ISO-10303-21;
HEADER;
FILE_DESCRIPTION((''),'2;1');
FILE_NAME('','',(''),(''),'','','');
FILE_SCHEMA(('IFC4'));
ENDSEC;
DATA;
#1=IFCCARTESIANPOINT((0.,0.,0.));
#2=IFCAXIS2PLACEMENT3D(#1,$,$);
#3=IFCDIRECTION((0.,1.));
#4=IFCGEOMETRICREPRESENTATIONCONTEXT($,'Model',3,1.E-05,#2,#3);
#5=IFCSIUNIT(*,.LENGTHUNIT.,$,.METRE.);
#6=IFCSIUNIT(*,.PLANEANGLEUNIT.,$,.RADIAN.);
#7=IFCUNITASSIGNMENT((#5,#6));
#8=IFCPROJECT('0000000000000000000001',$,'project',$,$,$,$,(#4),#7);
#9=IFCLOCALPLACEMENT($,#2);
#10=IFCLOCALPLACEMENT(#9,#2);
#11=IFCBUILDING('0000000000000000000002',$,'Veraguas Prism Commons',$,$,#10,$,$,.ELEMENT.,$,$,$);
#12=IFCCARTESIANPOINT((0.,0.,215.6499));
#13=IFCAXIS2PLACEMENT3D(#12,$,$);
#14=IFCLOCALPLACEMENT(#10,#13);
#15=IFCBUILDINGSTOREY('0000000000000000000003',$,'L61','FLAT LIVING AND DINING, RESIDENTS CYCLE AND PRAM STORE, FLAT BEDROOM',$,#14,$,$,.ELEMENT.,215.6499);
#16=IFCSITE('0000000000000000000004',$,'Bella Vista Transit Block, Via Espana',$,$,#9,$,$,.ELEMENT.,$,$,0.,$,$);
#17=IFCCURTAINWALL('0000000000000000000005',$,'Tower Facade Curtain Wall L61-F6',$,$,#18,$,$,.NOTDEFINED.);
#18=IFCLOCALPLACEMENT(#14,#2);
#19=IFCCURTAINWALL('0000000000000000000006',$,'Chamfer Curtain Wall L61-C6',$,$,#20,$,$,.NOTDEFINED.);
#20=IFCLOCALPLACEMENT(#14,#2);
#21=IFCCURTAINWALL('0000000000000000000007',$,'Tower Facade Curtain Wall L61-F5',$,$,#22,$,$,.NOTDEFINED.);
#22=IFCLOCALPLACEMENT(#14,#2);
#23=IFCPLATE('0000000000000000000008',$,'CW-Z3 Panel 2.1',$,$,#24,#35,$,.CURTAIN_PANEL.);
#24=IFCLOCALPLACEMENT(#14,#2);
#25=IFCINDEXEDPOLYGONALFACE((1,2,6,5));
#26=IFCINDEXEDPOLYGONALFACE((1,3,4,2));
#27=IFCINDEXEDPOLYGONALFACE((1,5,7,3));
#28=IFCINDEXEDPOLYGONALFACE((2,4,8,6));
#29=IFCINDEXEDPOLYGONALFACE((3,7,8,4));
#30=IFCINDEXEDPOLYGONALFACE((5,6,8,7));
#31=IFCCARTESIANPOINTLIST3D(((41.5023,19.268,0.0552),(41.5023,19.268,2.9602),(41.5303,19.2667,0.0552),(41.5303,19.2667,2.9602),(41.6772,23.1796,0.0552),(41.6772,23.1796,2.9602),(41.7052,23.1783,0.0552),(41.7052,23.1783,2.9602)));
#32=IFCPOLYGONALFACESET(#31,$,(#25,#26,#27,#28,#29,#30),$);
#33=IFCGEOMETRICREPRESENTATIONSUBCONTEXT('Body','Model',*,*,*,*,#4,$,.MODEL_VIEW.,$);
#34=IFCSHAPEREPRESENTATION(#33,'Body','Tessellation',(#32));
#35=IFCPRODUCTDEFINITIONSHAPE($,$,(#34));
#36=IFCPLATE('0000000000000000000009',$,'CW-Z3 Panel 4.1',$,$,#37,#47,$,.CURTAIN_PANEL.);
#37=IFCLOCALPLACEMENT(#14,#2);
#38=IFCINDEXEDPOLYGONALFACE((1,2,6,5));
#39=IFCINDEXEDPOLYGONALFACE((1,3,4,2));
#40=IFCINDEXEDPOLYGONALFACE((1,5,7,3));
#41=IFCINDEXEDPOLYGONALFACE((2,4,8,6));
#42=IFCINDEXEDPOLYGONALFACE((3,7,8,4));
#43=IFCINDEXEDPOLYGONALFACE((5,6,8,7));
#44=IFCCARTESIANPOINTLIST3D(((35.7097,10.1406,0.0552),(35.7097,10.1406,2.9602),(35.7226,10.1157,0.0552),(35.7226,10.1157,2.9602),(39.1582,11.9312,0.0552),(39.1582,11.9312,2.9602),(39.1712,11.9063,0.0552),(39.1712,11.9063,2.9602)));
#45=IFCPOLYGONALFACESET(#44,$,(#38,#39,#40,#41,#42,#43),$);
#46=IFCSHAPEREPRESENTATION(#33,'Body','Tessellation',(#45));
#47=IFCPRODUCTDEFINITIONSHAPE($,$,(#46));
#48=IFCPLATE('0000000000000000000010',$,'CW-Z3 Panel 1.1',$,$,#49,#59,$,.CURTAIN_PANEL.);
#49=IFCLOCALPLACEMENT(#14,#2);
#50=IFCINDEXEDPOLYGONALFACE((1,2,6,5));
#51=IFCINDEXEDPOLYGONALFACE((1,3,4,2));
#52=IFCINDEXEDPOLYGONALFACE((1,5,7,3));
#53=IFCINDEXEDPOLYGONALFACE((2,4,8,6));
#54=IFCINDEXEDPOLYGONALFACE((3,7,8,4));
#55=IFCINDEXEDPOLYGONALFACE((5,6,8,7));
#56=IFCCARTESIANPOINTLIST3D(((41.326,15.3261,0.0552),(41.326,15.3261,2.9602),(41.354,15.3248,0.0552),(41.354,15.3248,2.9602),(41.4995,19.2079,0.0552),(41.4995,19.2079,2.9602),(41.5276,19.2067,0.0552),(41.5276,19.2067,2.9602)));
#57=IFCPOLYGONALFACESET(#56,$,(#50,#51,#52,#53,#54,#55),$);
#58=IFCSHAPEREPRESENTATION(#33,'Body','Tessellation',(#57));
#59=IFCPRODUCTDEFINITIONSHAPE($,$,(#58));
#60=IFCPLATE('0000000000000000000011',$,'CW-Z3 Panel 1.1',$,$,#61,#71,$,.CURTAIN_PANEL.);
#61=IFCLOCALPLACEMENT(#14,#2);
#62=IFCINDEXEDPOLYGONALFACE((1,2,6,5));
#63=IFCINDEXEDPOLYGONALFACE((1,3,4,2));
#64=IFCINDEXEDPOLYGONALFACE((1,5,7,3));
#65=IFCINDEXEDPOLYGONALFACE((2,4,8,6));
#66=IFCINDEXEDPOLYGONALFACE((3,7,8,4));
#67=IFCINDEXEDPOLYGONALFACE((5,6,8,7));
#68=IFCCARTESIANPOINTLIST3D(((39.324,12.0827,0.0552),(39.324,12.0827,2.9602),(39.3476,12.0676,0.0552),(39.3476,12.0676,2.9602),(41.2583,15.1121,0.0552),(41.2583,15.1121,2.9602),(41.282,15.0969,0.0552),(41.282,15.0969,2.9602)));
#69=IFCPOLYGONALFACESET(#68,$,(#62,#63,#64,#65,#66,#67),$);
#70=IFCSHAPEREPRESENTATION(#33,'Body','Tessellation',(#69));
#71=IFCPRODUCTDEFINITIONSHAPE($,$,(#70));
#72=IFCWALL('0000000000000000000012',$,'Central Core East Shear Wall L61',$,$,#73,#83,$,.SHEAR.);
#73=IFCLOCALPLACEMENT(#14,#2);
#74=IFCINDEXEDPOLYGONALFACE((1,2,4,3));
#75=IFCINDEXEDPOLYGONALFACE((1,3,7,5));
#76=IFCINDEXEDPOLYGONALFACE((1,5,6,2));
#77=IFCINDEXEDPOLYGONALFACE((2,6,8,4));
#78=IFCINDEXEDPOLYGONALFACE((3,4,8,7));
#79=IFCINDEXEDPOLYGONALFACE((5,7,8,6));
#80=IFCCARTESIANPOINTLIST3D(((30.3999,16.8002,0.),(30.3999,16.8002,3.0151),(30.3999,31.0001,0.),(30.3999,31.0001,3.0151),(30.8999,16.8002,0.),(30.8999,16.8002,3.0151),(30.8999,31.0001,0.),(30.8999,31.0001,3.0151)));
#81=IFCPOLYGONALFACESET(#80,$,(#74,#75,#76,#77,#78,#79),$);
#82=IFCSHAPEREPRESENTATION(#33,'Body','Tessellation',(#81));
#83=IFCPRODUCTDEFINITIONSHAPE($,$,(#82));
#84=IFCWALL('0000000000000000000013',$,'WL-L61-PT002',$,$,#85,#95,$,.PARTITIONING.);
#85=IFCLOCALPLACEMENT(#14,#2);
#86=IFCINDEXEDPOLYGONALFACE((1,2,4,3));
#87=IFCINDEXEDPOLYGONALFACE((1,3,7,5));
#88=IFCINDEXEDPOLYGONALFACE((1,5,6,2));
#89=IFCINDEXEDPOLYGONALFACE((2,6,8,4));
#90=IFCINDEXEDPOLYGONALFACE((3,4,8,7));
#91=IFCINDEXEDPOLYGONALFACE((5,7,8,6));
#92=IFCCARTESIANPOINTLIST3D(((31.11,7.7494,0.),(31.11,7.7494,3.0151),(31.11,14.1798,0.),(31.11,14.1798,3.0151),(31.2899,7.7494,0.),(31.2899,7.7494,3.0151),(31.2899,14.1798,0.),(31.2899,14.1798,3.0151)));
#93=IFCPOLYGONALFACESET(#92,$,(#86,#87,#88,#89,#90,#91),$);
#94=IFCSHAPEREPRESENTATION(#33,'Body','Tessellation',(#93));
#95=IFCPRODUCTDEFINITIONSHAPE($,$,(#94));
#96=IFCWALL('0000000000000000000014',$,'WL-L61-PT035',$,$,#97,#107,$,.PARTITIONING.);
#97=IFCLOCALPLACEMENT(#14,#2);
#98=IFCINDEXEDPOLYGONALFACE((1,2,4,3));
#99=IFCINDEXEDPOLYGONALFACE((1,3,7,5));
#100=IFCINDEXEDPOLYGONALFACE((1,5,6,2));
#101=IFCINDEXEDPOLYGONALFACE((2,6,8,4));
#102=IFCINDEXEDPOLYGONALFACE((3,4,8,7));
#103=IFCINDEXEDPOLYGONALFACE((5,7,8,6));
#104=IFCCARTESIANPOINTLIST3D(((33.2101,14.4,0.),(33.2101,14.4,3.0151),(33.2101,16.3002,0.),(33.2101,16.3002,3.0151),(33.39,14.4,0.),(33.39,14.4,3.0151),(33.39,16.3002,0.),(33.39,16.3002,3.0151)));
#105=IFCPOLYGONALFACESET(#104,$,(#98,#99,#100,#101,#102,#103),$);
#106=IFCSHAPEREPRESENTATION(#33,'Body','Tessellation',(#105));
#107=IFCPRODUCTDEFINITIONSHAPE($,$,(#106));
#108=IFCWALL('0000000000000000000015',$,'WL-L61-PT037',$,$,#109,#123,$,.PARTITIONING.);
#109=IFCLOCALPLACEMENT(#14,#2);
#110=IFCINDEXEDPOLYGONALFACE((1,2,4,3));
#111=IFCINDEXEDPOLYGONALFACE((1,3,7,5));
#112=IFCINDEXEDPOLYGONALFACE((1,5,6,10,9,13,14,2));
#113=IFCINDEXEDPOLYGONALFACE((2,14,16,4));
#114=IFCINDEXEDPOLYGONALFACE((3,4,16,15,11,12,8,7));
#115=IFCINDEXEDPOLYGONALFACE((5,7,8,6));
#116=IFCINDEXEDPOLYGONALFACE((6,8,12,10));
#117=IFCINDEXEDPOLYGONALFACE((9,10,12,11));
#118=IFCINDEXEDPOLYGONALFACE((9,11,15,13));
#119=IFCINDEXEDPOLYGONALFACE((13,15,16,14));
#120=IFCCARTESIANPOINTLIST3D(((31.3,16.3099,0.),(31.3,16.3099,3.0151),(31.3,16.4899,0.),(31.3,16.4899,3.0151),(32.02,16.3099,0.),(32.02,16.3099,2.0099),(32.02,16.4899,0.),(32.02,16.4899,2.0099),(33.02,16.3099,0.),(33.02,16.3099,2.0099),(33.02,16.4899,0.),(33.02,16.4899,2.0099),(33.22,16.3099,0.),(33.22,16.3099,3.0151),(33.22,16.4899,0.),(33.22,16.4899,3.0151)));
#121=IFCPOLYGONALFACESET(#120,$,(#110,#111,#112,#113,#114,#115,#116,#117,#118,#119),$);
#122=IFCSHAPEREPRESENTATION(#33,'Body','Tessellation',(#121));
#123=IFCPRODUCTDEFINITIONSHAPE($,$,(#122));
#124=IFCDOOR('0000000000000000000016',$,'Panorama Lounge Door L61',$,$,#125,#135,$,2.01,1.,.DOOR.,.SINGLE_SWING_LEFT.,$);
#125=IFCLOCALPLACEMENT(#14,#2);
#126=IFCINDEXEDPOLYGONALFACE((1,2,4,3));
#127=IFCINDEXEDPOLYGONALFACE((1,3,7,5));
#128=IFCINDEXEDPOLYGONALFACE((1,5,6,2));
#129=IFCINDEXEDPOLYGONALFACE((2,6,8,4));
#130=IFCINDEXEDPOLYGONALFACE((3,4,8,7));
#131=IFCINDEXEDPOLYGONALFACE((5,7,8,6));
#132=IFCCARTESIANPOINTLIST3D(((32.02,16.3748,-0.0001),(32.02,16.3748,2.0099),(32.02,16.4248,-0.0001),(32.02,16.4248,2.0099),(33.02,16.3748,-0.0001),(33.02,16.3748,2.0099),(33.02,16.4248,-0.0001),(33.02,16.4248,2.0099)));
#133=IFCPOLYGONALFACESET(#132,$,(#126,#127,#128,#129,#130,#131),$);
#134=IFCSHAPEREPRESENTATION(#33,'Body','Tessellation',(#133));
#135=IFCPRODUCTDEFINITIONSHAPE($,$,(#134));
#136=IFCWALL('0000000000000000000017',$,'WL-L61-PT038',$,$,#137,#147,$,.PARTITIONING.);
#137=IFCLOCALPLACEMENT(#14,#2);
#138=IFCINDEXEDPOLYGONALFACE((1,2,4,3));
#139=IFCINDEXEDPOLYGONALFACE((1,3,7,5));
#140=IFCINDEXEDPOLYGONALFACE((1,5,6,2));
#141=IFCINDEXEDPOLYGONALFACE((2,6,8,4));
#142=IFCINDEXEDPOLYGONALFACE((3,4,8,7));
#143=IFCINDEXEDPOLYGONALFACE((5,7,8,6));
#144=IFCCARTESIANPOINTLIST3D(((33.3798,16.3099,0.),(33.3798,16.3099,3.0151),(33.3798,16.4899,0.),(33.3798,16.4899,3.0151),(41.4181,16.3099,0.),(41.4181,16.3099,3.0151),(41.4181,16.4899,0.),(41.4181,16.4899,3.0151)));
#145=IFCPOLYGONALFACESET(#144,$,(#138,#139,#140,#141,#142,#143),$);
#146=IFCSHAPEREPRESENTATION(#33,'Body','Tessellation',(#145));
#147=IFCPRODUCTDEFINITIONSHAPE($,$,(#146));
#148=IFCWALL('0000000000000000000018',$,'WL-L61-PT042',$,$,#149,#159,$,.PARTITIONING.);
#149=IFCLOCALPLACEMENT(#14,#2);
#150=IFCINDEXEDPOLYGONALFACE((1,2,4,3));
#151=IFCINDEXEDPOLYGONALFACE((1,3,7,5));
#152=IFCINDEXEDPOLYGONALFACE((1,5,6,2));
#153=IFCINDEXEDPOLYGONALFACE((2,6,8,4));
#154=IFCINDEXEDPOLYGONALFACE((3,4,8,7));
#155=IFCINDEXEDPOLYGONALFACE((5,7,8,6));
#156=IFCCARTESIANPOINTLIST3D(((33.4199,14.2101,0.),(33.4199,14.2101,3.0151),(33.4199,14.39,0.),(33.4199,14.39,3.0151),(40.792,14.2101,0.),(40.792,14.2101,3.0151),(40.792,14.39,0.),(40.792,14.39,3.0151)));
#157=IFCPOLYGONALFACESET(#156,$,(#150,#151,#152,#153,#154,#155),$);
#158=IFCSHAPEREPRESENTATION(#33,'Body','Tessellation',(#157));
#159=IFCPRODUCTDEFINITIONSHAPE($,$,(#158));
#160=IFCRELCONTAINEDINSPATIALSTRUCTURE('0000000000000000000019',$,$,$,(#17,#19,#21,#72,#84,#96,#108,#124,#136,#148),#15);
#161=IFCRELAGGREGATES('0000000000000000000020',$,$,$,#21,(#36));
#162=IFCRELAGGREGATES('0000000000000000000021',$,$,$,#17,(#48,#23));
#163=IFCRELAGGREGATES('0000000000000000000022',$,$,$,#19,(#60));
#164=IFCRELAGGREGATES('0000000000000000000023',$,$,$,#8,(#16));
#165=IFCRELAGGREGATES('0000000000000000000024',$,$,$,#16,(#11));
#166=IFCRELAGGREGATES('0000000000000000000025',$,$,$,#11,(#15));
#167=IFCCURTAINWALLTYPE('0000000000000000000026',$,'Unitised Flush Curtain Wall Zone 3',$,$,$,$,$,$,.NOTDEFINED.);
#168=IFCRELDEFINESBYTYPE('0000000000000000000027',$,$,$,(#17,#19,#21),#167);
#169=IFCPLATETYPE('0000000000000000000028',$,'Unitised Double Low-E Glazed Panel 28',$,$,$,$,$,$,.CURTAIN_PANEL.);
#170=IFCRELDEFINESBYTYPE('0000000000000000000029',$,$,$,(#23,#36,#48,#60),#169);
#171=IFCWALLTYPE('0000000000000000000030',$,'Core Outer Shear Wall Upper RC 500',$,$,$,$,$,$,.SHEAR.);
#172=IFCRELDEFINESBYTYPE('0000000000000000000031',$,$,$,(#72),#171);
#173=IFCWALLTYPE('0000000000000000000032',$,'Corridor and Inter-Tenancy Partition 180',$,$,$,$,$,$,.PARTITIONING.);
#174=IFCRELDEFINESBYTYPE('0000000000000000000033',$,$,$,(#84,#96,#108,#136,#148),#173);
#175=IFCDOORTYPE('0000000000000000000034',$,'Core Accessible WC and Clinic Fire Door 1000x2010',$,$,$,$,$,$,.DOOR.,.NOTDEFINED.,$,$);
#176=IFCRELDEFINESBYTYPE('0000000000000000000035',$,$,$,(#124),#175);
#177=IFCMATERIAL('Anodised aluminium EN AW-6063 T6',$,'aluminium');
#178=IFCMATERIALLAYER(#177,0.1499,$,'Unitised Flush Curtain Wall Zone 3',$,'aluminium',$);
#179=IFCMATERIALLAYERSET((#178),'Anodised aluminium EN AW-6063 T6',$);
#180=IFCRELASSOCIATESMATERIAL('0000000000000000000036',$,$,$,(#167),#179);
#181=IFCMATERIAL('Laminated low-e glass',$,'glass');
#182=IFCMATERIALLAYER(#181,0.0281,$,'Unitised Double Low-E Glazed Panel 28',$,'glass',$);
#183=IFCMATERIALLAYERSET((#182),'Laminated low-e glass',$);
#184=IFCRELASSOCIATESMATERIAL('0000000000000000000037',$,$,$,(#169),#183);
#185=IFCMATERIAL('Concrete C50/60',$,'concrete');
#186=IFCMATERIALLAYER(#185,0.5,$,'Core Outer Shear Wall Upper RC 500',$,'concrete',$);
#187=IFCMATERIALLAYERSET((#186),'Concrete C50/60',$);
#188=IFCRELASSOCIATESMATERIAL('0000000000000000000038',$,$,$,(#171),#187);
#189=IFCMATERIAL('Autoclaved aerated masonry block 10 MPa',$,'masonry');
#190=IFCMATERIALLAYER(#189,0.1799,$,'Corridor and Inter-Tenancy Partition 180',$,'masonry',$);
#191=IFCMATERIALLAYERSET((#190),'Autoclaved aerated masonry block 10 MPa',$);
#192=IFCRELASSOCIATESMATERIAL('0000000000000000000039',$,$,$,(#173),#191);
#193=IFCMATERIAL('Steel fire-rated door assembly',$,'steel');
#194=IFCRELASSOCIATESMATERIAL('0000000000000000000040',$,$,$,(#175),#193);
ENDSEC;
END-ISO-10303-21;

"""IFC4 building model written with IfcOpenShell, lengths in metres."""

from ifc_helpers import new_model, si_unit, direction, frame, frame_2d, origin, origin_2d, place, context, subcontext, project, spatial, rectangle, extrude, source, transform, mapped, material, layer, layer_set, type_object, element, fill, aggregate, save


model = new_model("IFC4")

# Units and contexts
model_context = context("Model", 3, precision=1e-05, world=origin(), true_north=direction((0.0, 1.0)))
body_context = subcontext(model_context, "Body", "Model", "MODEL_VIEW")
ifc_project = project(units=[si_unit("LENGTHUNIT", "METRE"), si_unit("PLANEANGLEUNIT", "RADIAN")], contexts=[model_context])

# Site, building, storey
site_placement = place(None, origin())
site = spatial("IfcSite", under=ifc_project, at=site_placement, Name="Bella Vista Transit Block, Via Espana", CompositionType="ELEMENT", RefElevation=0.0)
building_placement = place(site_placement, origin())
building = spatial("IfcBuilding", under=site, at=building_placement, Name="Veraguas Prism Commons", CompositionType="ELEMENT")
storey_placement = place(building_placement, frame((0.0, 0.0, 215.6499)))
storey = spatial("IfcBuildingStorey", under=building, at=storey_placement, Name="L61", Description="FLAT LIVING AND DINING, RESIDENTS CYCLE AND PRAM STORE, FLAT BEDROOM", CompositionType="ELEMENT", Elevation=215.6499)

# Shared definitions
ifc_material_1 = material(Name="Concrete C50/60", Category="concrete")

# Curtain walls
ifc_material_2 = material(Name="Anodised aluminium EN AW-6063 T6", Category="aluminium")
ifc_layer_1 = layer(ifc_material_2, 0.1499, Name="Unitised Flush Curtain Wall Zone 3", Category="aluminium")
ifc_layer_set_1 = layer_set([ifc_layer_1], Name="Anodised aluminium EN AW-6063 T6")
curtain_wall_type = type_object("IfcCurtainWallType", Name="Unitised Flush Curtain Wall Zone 3", PredefinedType="NOTDEFINED", material=ifc_layer_set_1)
curtain_wall_1_placement = place(storey_placement, origin())
curtain_wall_1 = element("IfcCurtainWall", 1, at=curtain_wall_1_placement, inside=storey, type_object=curtain_wall_type, Name="Tower Facade Curtain Wall L61-F6", PredefinedType="NOTDEFINED")
curtain_wall_2_placement = place(storey_placement, origin())
curtain_wall_2 = element("IfcCurtainWall", 2, at=curtain_wall_2_placement, inside=storey, type_object=curtain_wall_type, Name="Chamfer Curtain Wall L61-C6", PredefinedType="NOTDEFINED")
curtain_wall_3_placement = place(storey_placement, origin())
curtain_wall_3 = element("IfcCurtainWall", 3, at=curtain_wall_3_placement, inside=storey, type_object=curtain_wall_type, Name="Tower Facade Curtain Wall L61-F5", PredefinedType="NOTDEFINED")

# Plates
ifc_material_3 = material(Name="Laminated low-e glass", Category="glass")
ifc_layer_2 = layer(ifc_material_3, 0.0281, Name="Unitised Double Low-E Glazed Panel 28", Category="glass")
ifc_layer_set_2 = layer_set([ifc_layer_2], Name="Laminated low-e glass")
plate_type = type_object("IfcPlateType", Name="Unitised Double Low-E Glazed Panel 28", PredefinedType="CURTAIN_PANEL", material=ifc_layer_set_2)
shared_shape_1 = source(origin(), body_context, "Body", "SweptSolid", [
    extrude(rectangle(XDim=3.9155, YDim=0.0281, at=origin_2d()), origin(), (0.0, 0.0, 1.0), 2.905),
])
plate_1_placement = place(storey_placement, frame((41.6038, 21.2231, 0.0552), z_axis=(0.0, 0.0, 1.0), x_axis=(0.044666, 0.999002, 0.0)))
plate_1 = element("IfcPlate", 4, at=plate_1_placement, type_object=plate_type, Name="CW-Z3 Panel 2.1", PredefinedType="CURTAIN_PANEL", context=body_context, shape_type="MappedRepresentation", body=[
    mapped(shared_shape_1, transform((0.0, 0.0, 0.0), scale=1.0)),
])
shared_shape_2 = source(origin(), body_context, "Body", "SweptSolid", [
    extrude(rectangle(XDim=3.8857, YDim=0.0281, at=origin_2d()), origin(), (0.0, 0.0, 1.0), 2.905),
])
plate_2_placement = place(storey_placement, frame((37.4404, 11.0234, 0.0552), z_axis=(0.0, 0.0, 1.0), x_axis=(0.887494, 0.460819, 0.0)))
plate_2 = element("IfcPlate", 5, at=plate_2_placement, type_object=plate_type, Name="CW-Z3 Panel 4.1", PredefinedType="CURTAIN_PANEL", context=body_context, shape_type="MappedRepresentation", body=[
    mapped(shared_shape_2, transform((0.0, 0.0, 0.0), scale=1.0)),
])
aggregate(curtain_wall_3, [plate_2])
plate_3_placement = place(storey_placement, frame((41.4268, 17.2664, 0.0552), z_axis=(0.0, 0.0, 1.0), x_axis=(0.044666, 0.999002, 0.0)))
plate_3 = element("IfcPlate", 6, at=plate_3_placement, type_object=plate_type, Name="CW-Z3 Panel 1.1", PredefinedType="CURTAIN_PANEL", context=body_context, shape_type="MappedRepresentation", body=[
    mapped(shared_shape_2, transform((0.0, 0.0, 0.0), scale=1.0)),
])
aggregate(curtain_wall_1, [plate_3, plate_1])
shared_shape_3 = source(origin(), body_context, "Body", "SweptSolid", [
    extrude(rectangle(XDim=3.5942, YDim=0.0281, at=origin_2d()), origin(), (0.0, 0.0, 1.0), 2.905),
])
plate_4_placement = place(storey_placement, frame((40.303, 13.5898, 0.0552), z_axis=(0.0, 0.0, 1.0), x_axis=(0.53819, 0.842824, 0.0)))
plate_4 = element("IfcPlate", 7, at=plate_4_placement, type_object=plate_type, Name="CW-Z3 Panel 1.1", PredefinedType="CURTAIN_PANEL", context=body_context, shape_type="MappedRepresentation", body=[
    mapped(shared_shape_3, transform((0.0, 0.0, 0.0), scale=1.0)),
])
aggregate(curtain_wall_2, [plate_4])

# Walls
ifc_layer_3 = layer(ifc_material_1, 0.5, Name="Core Outer Shear Wall Upper RC 500", Category="concrete")
ifc_layer_set_3 = layer_set([ifc_layer_3], Name="Concrete C50/60")
wall_type_1 = type_object("IfcWallType", Name="Core Outer Shear Wall Upper RC 500", PredefinedType="SHEAR", material=ifc_layer_set_3)
wall_1_placement = place(storey_placement, frame((30.6499, 16.8, 0.0), z_axis=(0.0, 0.0, 1.0), x_axis=(0.0, 1.0, 0.0)))
element("IfcWall", 8, at=wall_1_placement, inside=storey, type_object=wall_type_1, Name="Central Core East Shear Wall L61", PredefinedType="SHEAR", context=body_context, shape_type="SweptSolid", body=[
    extrude(rectangle(XDim=14.2, YDim=0.5, at=frame_2d((7.1001, 0.0))), origin(), (0.0, 0.0, 1.0), 3.0151),
])
ifc_material_4 = material(Name="Autoclaved aerated masonry block 10 MPa", Category="masonry")
ifc_layer_4 = layer(ifc_material_4, 0.1799, Name="Corridor and Inter-Tenancy Partition 180", Category="masonry")
ifc_layer_set_4 = layer_set([ifc_layer_4], Name="Autoclaved aerated masonry block 10 MPa")
wall_type_2 = type_object("IfcWallType", Name="Corridor and Inter-Tenancy Partition 180", PredefinedType="PARTITIONING", material=ifc_layer_set_4)
wall_2_placement = place(storey_placement, frame((31.2, 14.1799, 0.0), z_axis=(0.0, 0.0, 1.0), x_axis=(0.0, -1.0, 0.0)))
element("IfcWall", 9, at=wall_2_placement, inside=storey, type_object=wall_type_2, Name="WL-L61-PT002", PredefinedType="PARTITIONING", context=body_context, shape_type="SweptSolid", body=[
    extrude(rectangle(XDim=6.4304, YDim=0.1799, at=frame_2d((3.2153, 0.0))), origin(), (0.0, 0.0, 1.0), 3.0151),
])
wall_3_placement = place(storey_placement, frame((33.3, 14.3999, 0.0), z_axis=(0.0, 0.0, 1.0), x_axis=(0.0, 1.0, 0.0)))
element("IfcWall", 10, at=wall_3_placement, inside=storey, type_object=wall_type_2, Name="WL-L61-PT035", PredefinedType="PARTITIONING", context=body_context, shape_type="SweptSolid", body=[
    extrude(rectangle(XDim=1.9001, YDim=0.1799, at=frame_2d((0.9502, 0.0))), origin(), (0.0, 0.0, 1.0), 3.0151),
])

# Wall, opening, door
wall_4_placement = place(storey_placement, frame((31.3, 16.3999, 0.0), z_axis=(0.0, 0.0, 1.0), x_axis=(1.0, 0.0, 0.0)))
wall_4 = element("IfcWall", 11, at=wall_4_placement, inside=storey, type_object=wall_type_2, Name="WL-L61-PT037", PredefinedType="PARTITIONING", context=body_context, shape_type="SweptSolid", body=[
    extrude(rectangle(XDim=1.9199, YDim=0.1799, at=frame_2d((0.96, 0.0))), origin(), (0.0, 0.0, 1.0), 3.0151),
])
opening_1_placement = place(wall_4_placement, frame((0.72, 0.0, 0.0)))
opening_1 = element("IfcOpeningElement", 12, at=opening_1_placement, cuts=wall_4, PredefinedType="OPENING", context=body_context, shape_type="SweptSolid", body=[
    extrude(rectangle(XDim=1.0, YDim=2.01, at=frame_2d((0.5, 1.0049))), frame((0.0, 0.0999, 0.0), z_axis=(0.0, -1.0, 0.0), x_axis=(1.0, 0.0, 0.0)), (0.0, 0.0, 1.0), 0.2),
])
ifc_material_5 = material(Name="Steel fire-rated door assembly", Category="steel")
door_type_1 = type_object("IfcDoorType", Name="Core Accessible WC and Clinic Fire Door 1000x2010", OperationType="NOTDEFINED", PredefinedType="DOOR", material=ifc_material_5)
shared_shape_4 = source(origin(), body_context, "Body", "SweptSolid", [
    extrude(rectangle(XDim=1.0, YDim=2.01, at=frame_2d((0.5, 1.0049))), frame((0.0, 0.0249, 0.0), z_axis=(0.0, -1.0, 0.0), x_axis=(1.0, 0.0, 0.0)), (0.0, 0.0, 1.0), 0.05),
])
door_1_placement = place(opening_1_placement, origin())
door_1 = element("IfcDoor", 13, at=door_1_placement, inside=storey, type_object=door_type_1, Name="Panorama Lounge Door L61", OperationType="SINGLE_SWING_LEFT", OverallHeight=2.01, OverallWidth=1.0, PredefinedType="DOOR", context=body_context, shape_type="MappedRepresentation", body=[
    mapped(shared_shape_4, transform((0.0, 0.0, 0.0), scale=1.0)),
])
fill(opening_1, door_1)

# Walls
wall_5_placement = place(storey_placement, frame((33.3799, 16.3999, 0.0), z_axis=(0.0, 0.0, 1.0), x_axis=(1.0, 0.0, 0.0)))
element("IfcWall", 14, at=wall_5_placement, inside=storey, type_object=wall_type_2, Name="WL-L61-PT038", PredefinedType="PARTITIONING", context=body_context, shape_type="SweptSolid", body=[
    extrude(rectangle(XDim=8.0383, YDim=0.1799, at=frame_2d((4.019, 0.0))), origin(), (0.0, 0.0, 1.0), 3.0151),
])
wall_6_placement = place(storey_placement, frame((33.4199, 14.3, 0.0), z_axis=(0.0, 0.0, 1.0), x_axis=(1.0, 0.0, 0.0)))
element("IfcWall", 15, at=wall_6_placement, inside=storey, type_object=wall_type_2, Name="WL-L61-PT042", PredefinedType="PARTITIONING", context=body_context, shape_type="SweptSolid", body=[
    extrude(rectangle(XDim=7.3721, YDim=0.1799, at=frame_2d((3.686, 0.0))), origin(), (0.0, 0.0, 1.0), 3.0151),
])

save(model, "model.ifc")
